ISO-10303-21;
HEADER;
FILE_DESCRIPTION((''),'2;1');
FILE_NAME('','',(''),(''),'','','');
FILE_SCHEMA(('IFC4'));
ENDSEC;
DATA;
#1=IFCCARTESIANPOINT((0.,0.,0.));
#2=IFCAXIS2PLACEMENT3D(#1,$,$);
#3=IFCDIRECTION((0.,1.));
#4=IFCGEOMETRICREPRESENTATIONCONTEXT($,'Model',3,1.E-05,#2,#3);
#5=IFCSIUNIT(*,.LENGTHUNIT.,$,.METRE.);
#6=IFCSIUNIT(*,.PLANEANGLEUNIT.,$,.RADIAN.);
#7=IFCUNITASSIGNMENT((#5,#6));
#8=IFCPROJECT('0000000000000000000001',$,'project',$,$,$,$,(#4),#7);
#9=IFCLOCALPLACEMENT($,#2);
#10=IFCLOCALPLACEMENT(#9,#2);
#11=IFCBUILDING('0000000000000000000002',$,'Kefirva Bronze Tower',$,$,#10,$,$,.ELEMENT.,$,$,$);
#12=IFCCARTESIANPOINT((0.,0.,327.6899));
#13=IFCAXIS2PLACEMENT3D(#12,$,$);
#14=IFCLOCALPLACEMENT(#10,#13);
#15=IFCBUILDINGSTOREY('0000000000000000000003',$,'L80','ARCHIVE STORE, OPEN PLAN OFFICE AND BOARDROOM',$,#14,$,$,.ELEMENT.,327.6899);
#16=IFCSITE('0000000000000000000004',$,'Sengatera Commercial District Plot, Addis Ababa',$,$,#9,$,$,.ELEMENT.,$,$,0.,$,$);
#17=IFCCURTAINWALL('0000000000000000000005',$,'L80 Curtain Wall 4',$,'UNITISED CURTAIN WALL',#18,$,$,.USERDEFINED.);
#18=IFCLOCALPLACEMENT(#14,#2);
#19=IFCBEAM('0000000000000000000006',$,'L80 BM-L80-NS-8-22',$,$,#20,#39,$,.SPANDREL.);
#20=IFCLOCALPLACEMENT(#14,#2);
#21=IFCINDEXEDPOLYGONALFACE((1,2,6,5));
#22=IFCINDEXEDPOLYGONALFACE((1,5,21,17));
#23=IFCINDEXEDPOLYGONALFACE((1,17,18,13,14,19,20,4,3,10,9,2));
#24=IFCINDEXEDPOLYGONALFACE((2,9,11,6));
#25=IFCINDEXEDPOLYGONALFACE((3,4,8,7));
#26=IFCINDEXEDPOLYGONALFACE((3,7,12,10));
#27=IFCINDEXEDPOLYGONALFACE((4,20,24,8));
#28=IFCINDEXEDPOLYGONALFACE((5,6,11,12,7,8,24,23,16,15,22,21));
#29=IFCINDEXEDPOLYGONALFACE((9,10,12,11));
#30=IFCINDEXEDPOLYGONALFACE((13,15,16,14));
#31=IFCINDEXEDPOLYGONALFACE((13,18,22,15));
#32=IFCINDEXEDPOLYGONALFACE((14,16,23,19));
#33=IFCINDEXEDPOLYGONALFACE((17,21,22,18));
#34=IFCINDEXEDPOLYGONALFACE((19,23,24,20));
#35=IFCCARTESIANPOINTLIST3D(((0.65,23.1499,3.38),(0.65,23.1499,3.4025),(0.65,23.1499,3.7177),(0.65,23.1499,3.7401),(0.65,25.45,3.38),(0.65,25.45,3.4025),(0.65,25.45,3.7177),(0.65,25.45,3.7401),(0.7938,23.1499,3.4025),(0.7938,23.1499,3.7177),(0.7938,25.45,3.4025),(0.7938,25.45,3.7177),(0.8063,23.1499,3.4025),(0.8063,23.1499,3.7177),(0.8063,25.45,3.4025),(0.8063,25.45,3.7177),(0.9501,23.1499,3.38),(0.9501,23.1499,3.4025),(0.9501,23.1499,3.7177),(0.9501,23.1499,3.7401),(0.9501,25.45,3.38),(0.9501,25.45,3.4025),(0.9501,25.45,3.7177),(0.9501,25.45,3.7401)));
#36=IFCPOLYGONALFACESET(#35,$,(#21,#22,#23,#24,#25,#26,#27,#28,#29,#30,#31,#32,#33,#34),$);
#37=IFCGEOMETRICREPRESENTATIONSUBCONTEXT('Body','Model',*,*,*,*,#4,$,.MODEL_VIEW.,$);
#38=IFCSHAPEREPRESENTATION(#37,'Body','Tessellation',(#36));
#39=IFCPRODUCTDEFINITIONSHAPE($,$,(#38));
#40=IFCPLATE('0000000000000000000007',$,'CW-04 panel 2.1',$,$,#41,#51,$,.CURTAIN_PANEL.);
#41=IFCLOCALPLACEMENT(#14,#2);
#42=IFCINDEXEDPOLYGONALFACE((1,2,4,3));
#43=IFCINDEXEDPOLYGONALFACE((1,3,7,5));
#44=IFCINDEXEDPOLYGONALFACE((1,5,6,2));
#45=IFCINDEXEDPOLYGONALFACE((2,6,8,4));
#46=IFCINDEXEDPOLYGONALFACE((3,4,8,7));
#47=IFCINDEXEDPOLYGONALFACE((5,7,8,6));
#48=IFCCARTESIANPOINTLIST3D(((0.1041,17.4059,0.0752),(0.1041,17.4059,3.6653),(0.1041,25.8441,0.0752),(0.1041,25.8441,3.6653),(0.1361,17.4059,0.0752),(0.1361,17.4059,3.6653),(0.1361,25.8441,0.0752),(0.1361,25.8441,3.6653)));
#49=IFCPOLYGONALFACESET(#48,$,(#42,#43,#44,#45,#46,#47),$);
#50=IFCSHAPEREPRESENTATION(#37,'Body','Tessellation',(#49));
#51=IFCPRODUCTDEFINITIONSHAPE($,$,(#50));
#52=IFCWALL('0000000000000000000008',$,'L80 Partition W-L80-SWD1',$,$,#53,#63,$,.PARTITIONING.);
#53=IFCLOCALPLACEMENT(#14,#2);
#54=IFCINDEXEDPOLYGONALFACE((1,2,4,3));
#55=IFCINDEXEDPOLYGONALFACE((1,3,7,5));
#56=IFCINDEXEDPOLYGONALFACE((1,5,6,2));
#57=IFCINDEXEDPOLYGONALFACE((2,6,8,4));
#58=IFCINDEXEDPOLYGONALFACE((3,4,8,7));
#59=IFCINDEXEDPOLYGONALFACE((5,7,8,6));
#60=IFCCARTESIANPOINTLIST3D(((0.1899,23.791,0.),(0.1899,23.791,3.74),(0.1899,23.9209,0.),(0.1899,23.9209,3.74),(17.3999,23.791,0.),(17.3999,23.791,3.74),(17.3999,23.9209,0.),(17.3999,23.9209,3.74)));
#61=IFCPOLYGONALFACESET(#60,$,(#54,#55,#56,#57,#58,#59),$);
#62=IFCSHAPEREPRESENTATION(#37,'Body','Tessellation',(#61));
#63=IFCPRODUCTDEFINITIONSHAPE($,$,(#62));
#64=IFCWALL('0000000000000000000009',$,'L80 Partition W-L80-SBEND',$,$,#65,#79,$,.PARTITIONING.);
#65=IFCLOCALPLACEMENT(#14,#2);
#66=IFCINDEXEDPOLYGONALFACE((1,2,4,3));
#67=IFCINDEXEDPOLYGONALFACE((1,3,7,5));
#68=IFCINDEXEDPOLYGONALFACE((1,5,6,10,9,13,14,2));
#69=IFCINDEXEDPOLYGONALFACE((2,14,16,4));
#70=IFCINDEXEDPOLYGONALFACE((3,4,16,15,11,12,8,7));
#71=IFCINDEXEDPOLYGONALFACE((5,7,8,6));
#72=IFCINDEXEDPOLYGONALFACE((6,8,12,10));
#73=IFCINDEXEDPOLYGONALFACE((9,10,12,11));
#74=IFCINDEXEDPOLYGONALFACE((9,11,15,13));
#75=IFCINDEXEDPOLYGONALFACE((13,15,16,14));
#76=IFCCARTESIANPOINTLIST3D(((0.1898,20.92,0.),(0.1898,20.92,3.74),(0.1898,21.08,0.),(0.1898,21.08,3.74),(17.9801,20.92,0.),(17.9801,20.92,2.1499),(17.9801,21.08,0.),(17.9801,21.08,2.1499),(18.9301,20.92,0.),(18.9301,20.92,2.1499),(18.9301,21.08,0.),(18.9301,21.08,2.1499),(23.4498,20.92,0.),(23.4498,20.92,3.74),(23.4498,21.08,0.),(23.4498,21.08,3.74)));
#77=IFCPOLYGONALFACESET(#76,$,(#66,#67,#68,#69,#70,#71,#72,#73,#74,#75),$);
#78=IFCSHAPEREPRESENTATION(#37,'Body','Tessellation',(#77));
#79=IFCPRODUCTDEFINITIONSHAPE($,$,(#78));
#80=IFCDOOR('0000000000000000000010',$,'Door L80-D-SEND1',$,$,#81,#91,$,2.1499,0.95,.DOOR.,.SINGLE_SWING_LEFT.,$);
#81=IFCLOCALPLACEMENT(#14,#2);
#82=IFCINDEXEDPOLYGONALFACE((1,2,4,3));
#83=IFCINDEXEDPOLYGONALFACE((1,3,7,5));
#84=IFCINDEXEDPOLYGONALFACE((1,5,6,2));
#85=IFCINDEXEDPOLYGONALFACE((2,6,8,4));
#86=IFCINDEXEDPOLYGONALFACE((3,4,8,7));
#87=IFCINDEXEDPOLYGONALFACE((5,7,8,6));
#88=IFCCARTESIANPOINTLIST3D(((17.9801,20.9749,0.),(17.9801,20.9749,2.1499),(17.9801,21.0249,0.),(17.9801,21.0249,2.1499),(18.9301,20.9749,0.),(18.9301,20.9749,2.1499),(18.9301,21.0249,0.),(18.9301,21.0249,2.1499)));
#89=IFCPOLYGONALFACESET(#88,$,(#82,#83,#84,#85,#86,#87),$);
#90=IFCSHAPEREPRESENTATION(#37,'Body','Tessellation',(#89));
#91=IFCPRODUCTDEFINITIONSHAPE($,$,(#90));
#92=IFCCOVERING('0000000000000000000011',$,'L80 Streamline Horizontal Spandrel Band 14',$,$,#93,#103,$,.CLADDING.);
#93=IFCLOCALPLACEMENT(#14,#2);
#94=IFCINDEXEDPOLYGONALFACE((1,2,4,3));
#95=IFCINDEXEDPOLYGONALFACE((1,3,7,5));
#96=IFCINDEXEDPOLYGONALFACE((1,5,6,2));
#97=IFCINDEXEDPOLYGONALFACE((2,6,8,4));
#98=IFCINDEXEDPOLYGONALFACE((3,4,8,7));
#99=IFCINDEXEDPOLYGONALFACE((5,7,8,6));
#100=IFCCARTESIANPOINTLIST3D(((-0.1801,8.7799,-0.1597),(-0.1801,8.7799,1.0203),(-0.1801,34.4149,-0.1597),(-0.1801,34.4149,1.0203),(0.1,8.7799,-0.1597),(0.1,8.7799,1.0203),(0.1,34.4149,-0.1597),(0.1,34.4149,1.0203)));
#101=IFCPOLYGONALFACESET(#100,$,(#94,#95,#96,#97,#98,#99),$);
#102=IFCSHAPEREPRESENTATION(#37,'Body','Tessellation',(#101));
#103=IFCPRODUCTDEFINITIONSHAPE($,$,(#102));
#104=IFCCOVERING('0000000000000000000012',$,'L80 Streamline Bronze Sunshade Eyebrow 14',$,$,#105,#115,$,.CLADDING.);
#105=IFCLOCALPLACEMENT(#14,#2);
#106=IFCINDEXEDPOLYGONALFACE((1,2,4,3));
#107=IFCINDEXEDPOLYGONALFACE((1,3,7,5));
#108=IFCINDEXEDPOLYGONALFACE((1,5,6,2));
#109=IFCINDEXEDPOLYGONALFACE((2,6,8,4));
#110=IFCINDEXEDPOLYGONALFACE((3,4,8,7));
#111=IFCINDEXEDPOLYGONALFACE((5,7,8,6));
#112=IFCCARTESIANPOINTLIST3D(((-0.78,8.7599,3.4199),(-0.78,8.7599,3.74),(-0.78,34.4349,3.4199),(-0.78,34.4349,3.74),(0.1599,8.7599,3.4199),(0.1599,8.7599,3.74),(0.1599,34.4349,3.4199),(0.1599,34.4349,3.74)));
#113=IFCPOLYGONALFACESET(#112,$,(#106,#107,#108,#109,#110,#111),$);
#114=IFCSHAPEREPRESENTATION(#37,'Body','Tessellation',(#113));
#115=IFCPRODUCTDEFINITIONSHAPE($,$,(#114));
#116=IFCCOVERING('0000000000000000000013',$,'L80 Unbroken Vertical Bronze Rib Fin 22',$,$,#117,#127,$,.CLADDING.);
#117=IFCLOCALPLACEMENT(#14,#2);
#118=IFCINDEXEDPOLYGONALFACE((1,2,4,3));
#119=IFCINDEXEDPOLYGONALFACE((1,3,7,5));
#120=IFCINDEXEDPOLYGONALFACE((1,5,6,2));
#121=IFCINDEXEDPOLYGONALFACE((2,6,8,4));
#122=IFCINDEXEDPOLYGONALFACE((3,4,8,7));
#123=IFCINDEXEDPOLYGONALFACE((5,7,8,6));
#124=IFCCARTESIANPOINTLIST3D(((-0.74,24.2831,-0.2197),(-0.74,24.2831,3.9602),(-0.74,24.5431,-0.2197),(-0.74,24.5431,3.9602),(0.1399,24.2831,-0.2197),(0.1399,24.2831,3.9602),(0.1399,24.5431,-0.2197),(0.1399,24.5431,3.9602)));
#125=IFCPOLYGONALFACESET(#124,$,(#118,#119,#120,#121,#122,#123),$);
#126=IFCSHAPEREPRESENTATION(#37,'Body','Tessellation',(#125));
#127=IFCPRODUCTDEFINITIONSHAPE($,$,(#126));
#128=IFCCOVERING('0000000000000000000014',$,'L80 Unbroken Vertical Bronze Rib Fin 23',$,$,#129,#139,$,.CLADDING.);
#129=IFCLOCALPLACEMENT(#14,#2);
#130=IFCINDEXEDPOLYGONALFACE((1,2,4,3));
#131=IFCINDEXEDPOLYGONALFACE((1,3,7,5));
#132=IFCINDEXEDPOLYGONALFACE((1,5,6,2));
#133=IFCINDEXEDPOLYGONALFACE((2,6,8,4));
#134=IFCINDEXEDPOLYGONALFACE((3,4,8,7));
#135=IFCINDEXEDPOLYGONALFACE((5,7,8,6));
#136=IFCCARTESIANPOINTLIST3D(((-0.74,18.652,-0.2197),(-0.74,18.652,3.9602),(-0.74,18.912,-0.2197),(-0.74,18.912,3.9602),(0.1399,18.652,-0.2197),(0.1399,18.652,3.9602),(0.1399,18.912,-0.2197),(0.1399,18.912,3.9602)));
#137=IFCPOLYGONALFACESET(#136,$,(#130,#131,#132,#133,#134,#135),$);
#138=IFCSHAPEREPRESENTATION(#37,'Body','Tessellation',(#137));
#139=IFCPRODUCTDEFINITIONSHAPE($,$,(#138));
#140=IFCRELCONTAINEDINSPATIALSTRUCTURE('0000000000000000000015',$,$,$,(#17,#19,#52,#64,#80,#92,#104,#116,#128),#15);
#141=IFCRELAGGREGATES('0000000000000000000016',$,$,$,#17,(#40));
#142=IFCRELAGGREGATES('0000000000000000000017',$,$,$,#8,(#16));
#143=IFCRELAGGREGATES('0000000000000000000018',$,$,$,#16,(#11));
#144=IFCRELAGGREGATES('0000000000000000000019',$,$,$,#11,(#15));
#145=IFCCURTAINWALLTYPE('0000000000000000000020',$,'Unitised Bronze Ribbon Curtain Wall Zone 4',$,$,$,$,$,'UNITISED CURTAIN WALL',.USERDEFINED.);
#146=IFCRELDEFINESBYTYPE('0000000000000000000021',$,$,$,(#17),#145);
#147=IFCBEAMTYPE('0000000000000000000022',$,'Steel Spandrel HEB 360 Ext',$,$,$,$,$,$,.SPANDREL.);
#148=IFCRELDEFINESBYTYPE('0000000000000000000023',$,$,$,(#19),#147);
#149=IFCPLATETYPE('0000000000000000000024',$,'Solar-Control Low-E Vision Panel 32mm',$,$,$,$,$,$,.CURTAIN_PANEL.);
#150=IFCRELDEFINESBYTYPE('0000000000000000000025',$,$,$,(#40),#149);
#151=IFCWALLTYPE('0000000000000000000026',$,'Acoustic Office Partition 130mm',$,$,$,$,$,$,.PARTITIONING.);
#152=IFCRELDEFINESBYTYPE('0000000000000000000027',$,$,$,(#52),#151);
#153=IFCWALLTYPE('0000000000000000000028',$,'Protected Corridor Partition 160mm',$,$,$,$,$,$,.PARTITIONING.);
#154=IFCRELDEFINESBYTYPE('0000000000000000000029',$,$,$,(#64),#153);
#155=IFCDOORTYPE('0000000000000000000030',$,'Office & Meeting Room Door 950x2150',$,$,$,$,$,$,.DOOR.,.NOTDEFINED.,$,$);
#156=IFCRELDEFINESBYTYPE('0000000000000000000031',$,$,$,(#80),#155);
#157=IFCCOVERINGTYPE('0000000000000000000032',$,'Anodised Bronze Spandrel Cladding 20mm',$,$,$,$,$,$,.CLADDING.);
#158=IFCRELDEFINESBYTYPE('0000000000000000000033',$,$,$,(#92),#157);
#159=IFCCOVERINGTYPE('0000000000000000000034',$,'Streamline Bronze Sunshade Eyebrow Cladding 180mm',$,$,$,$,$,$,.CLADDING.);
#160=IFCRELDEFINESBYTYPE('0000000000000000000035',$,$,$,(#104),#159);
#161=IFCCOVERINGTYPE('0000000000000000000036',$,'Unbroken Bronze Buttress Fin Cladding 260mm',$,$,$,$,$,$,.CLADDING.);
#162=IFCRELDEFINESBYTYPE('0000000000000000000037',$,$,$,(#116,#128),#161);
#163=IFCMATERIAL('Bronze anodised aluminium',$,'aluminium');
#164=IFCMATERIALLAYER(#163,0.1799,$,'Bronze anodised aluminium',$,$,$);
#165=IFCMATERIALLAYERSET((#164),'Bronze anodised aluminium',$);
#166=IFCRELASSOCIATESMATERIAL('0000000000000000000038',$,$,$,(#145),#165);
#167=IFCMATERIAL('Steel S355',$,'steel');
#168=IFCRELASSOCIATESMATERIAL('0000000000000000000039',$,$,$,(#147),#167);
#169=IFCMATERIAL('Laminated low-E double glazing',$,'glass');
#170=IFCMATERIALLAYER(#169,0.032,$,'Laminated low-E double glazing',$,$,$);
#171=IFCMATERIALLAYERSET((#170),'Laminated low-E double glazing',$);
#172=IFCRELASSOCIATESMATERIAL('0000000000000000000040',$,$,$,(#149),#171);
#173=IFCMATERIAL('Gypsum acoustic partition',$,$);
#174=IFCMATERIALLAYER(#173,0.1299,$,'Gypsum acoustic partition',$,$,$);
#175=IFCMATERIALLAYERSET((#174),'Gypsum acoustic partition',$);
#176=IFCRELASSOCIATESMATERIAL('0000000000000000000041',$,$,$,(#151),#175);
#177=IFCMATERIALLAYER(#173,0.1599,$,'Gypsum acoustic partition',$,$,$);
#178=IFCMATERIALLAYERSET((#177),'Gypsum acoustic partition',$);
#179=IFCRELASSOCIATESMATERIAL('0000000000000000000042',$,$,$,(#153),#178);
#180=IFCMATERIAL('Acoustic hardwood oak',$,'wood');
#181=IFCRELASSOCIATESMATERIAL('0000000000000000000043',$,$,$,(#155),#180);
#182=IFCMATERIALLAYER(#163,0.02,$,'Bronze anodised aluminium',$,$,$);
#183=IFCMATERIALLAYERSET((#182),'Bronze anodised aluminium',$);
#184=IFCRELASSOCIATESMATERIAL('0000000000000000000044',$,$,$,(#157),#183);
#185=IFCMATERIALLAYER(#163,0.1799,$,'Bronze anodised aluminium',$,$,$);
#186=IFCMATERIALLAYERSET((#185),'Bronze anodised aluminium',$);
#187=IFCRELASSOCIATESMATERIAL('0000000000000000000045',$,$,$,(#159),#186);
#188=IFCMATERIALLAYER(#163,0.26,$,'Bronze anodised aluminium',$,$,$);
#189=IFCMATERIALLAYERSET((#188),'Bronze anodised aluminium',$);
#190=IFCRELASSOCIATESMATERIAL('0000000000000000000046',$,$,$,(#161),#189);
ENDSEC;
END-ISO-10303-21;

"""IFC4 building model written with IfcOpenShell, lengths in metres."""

from ifc_helpers import new_model, si_unit, direction, frame, frame_2d, origin, origin_2d, place, context, subcontext, project, spatial, rectangle, i_section, extrude, material, layer, layer_set, material_profile, profile_set, type_object, element, fill, aggregate, save


model = new_model("IFC4")

# Units and contexts
model_context = context("Model", 3, precision=1e-05, world=origin(), true_north=direction((0.0, 1.0)))
body_context = subcontext(model_context, "Body", "Model", "MODEL_VIEW")
ifc_project = project(units=[si_unit("LENGTHUNIT", "METRE"), si_unit("PLANEANGLEUNIT", "RADIAN")], contexts=[model_context])

# Site, building, storey
site_placement = place(None, origin())
site = spatial("IfcSite", under=ifc_project, at=site_placement, Name="Sengatera Commercial District Plot, Addis Ababa", CompositionType="ELEMENT", RefElevation=0.0)
building_placement = place(site_placement, origin())
building = spatial("IfcBuilding", under=site, at=building_placement, Name="Kefirva Bronze Tower", CompositionType="ELEMENT")
storey_placement = place(building_placement, frame((0.0, 0.0, 327.6899)))
storey = spatial("IfcBuildingStorey", under=building, at=storey_placement, Name="L80", Description="ARCHIVE STORE, OPEN PLAN OFFICE AND BOARDROOM", CompositionType="ELEMENT", Elevation=327.6899)

# Curtain wall
ifc_material_1 = material(Name="Bronze anodised aluminium", Category="aluminium")
ifc_layer_1 = layer(ifc_material_1, 0.1799, Name="Bronze anodised aluminium")
ifc_layer_set_1 = layer_set([ifc_layer_1], Name="Bronze anodised aluminium")
curtain_wall_type = type_object("IfcCurtainWallType", Name="Unitised Bronze Ribbon Curtain Wall Zone 4", ElementType="UNITISED CURTAIN WALL", PredefinedType="USERDEFINED", material=ifc_layer_set_1)
curtain_wall_placement = place(storey_placement, origin())
curtain_wall = element("IfcCurtainWall", 1, at=curtain_wall_placement, inside=storey, type_object=curtain_wall_type, Name="L80 Curtain Wall 4", ObjectType="UNITISED CURTAIN WALL", PredefinedType="USERDEFINED")

# Beam
ifc_material_2 = material(Name="Steel S355", Category="steel")
ifc_material_profile_1 = material_profile(ifc_material_2, i_section(OverallWidth=0.3, OverallDepth=0.3601, WebThickness=0.0125, FlangeThickness=0.0225, at=origin_2d()), Name="HEB 360")
ifc_profile_set_1 = profile_set([ifc_material_profile_1], Name="Steel S355")
beam_type_1 = type_object("IfcBeamType", Name="Steel Spandrel HEB 360 Ext", PredefinedType="SPANDREL", material=ifc_profile_set_1)
beam_1_placement = place(storey_placement, frame((0.8, 23.1499, 3.5601), z_axis=(0.0, 1.0, 0.0), x_axis=(-1.0, 0.0, 0.0)))
element("IfcBeam", 2, at=beam_1_placement, inside=storey, type_object=beam_type_1, Name="L80 BM-L80-NS-8-22", PredefinedType="SPANDREL", context=body_context, shape_type="SweptSolid", body=[
    extrude(i_section(OverallWidth=0.3, OverallDepth=0.3601, WebThickness=0.0125, FlangeThickness=0.0225, at=origin_2d()), origin(), (0.0, 0.0, 1.0), 2.3),
])

# Plate
ifc_material_3 = material(Name="Laminated low-E double glazing", Category="glass")
ifc_layer_2 = layer(ifc_material_3, 0.032, Name="Laminated low-E double glazing")
ifc_layer_set_2 = layer_set([ifc_layer_2], Name="Laminated low-E double glazing")
plate_type = type_object("IfcPlateType", Name="Solar-Control Low-E Vision Panel 32mm", PredefinedType="CURTAIN_PANEL", material=ifc_layer_set_2)
plate_placement = place(storey_placement, frame((0.1201, 21.625, 0.0752), z_axis=(0.0, 0.0, 1.0), x_axis=(0.0, -1.0, 0.0)))
plate = element("IfcPlate", 3, at=plate_placement, type_object=plate_type, Name="CW-04 panel 2.1", PredefinedType="CURTAIN_PANEL", context=body_context, shape_type="SweptSolid", body=[
    extrude(rectangle(XDim=8.4382, YDim=0.032, at=origin_2d()), origin(), (0.0, 0.0, 1.0), 3.5901),
])
aggregate(curtain_wall, [plate])

# Wall
ifc_material_4 = material(Name="Gypsum acoustic partition")
ifc_layer_3 = layer(ifc_material_4, 0.1299, Name="Gypsum acoustic partition")
ifc_layer_set_3 = layer_set([ifc_layer_3], Name="Gypsum acoustic partition")
wall_type_1 = type_object("IfcWallType", Name="Acoustic Office Partition 130mm", PredefinedType="PARTITIONING", material=ifc_layer_set_3)
wall_1_placement = place(storey_placement, frame((0.1899, 23.856, 0.0), z_axis=(0.0, 0.0, 1.0), x_axis=(1.0, 0.0, 0.0)))
element("IfcWall", 4, at=wall_1_placement, inside=storey, type_object=wall_type_1, Name="L80 Partition W-L80-SWD1", PredefinedType="PARTITIONING", context=body_context, shape_type="SweptSolid", body=[
    extrude(rectangle(XDim=17.21, YDim=0.1299, at=frame_2d((8.605, 0.0))), origin(), (0.0, 0.0, 1.0), 3.74),
])

# Wall, opening, door
ifc_layer_4 = layer(ifc_material_4, 0.1599, Name="Gypsum acoustic partition")
ifc_layer_set_4 = layer_set([ifc_layer_4], Name="Gypsum acoustic partition")
wall_type_2 = type_object("IfcWallType", Name="Protected Corridor Partition 160mm", PredefinedType="PARTITIONING", material=ifc_layer_set_4)
wall_2_placement = place(storey_placement, frame((0.1899, 21.0, 0.0), z_axis=(0.0, 0.0, 1.0), x_axis=(1.0, 0.0, 0.0)))
wall_2 = element("IfcWall", 5, at=wall_2_placement, inside=storey, type_object=wall_type_2, Name="L80 Partition W-L80-SBEND", PredefinedType="PARTITIONING", context=body_context, shape_type="SweptSolid", body=[
    extrude(rectangle(XDim=23.26, YDim=0.1599, at=frame_2d((11.6299, 0.0))), origin(), (0.0, 0.0, 1.0), 3.74),
])
opening_placement = place(wall_2_placement, frame((17.79, 0.0, 0.0)))
opening = element("IfcOpeningElement", 6, at=opening_placement, cuts=wall_2, PredefinedType="OPENING", context=body_context, shape_type="SweptSolid", body=[
    extrude(rectangle(XDim=0.95, YDim=2.1499, at=frame_2d((0.4751, 1.075))), frame((0.0, 0.0898, 0.0), z_axis=(0.0, -1.0, 0.0), x_axis=(1.0, 0.0, 0.0)), (0.0, 0.0, 1.0), 0.1799),
])
ifc_material_5 = material(Name="Acoustic hardwood oak", Category="wood")
door_type = type_object("IfcDoorType", Name="Office & Meeting Room Door 950x2150", OperationType="NOTDEFINED", PredefinedType="DOOR", material=ifc_material_5)
door_placement = place(opening_placement, origin())
door = element("IfcDoor", 7, at=door_placement, inside=storey, type_object=door_type, Name="Door L80-D-SEND1", OperationType="SINGLE_SWING_LEFT", OverallHeight=2.1499, OverallWidth=0.95, PredefinedType="DOOR", context=body_context, shape_type="SweptSolid", body=[
    extrude(rectangle(XDim=0.95, YDim=2.1499, at=frame_2d((0.4751, 1.075))), frame((0.0, 0.0249, 0.0), z_axis=(0.0, -1.0, 0.0), x_axis=(1.0, 0.0, 0.0)), (0.0, 0.0, 1.0), 0.05),
])
fill(opening, door)

# Coverings
ifc_layer_5 = layer(ifc_material_1, 0.02, Name="Bronze anodised aluminium")
ifc_layer_set_5 = layer_set([ifc_layer_5], Name="Bronze anodised aluminium")
covering_type_1 = type_object("IfcCoveringType", Name="Anodised Bronze Spandrel Cladding 20mm", PredefinedType="CLADDING", material=ifc_layer_set_5)
covering_1_placement = place(storey_placement, frame((-0.04, 21.5974, -0.1597), z_axis=(0.0, 0.0, 1.0), x_axis=(0.0, -1.0, 0.0)))
element("IfcCovering", 8, at=covering_1_placement, inside=storey, type_object=covering_type_1, Name="L80 Streamline Horizontal Spandrel Band 14", PredefinedType="CLADDING", context=body_context, shape_type="SweptSolid", body=[
    extrude(rectangle(XDim=25.635, YDim=0.28, at=origin_2d()), origin(), (0.0, 0.0, 1.0), 1.1799),
])
ifc_layer_6 = layer(ifc_material_1, 0.1799, Name="Bronze anodised aluminium")
ifc_layer_set_6 = layer_set([ifc_layer_6], Name="Bronze anodised aluminium")
covering_type_2 = type_object("IfcCoveringType", Name="Streamline Bronze Sunshade Eyebrow Cladding 180mm", PredefinedType="CLADDING", material=ifc_layer_set_6)
covering_2_placement = place(storey_placement, frame((-0.3101, 21.5974, 3.4199), z_axis=(0.0, 0.0, 1.0), x_axis=(0.0, -1.0, 0.0)))
element("IfcCovering", 9, at=covering_2_placement, inside=storey, type_object=covering_type_2, Name="L80 Streamline Bronze Sunshade Eyebrow 14", PredefinedType="CLADDING", context=body_context, shape_type="SweptSolid", body=[
    extrude(rectangle(XDim=25.675, YDim=0.9399, at=origin_2d()), origin(), (0.0, 0.0, 1.0), 0.3201),
])
ifc_layer_7 = layer(ifc_material_1, 0.26, Name="Bronze anodised aluminium")
ifc_layer_set_7 = layer_set([ifc_layer_7], Name="Bronze anodised aluminium")
covering_type_3 = type_object("IfcCoveringType", Name="Unbroken Bronze Buttress Fin Cladding 260mm", PredefinedType="CLADDING", material=ifc_layer_set_7)
for number, where, z_axis, x_axis, name in (
    (10, (-0.3, 24.4131, -0.2197), (0.0, 0.0, 1.0), (0.0, -1.0, 0.0), "L80 Unbroken Vertical Bronze Rib Fin 22"),
    (11, (-0.3, 18.782, -0.2197), (0.0, 0.0, 1.0), (0.0, -1.0, 0.0), "L80 Unbroken Vertical Bronze Rib Fin 23"),
):
    element("IfcCovering", number, at=place(storey_placement, frame(where, z_axis=z_axis, x_axis=x_axis)), inside=storey, type_object=covering_type_3, Name=name, PredefinedType="CLADDING", context=body_context, shape_type="SweptSolid", body=[
        extrude(rectangle(XDim=0.26, YDim=0.8799, at=origin_2d()), origin(), (0.0, 0.0, 1.0), 4.1799),
    ])

save(model, "model.ifc")
